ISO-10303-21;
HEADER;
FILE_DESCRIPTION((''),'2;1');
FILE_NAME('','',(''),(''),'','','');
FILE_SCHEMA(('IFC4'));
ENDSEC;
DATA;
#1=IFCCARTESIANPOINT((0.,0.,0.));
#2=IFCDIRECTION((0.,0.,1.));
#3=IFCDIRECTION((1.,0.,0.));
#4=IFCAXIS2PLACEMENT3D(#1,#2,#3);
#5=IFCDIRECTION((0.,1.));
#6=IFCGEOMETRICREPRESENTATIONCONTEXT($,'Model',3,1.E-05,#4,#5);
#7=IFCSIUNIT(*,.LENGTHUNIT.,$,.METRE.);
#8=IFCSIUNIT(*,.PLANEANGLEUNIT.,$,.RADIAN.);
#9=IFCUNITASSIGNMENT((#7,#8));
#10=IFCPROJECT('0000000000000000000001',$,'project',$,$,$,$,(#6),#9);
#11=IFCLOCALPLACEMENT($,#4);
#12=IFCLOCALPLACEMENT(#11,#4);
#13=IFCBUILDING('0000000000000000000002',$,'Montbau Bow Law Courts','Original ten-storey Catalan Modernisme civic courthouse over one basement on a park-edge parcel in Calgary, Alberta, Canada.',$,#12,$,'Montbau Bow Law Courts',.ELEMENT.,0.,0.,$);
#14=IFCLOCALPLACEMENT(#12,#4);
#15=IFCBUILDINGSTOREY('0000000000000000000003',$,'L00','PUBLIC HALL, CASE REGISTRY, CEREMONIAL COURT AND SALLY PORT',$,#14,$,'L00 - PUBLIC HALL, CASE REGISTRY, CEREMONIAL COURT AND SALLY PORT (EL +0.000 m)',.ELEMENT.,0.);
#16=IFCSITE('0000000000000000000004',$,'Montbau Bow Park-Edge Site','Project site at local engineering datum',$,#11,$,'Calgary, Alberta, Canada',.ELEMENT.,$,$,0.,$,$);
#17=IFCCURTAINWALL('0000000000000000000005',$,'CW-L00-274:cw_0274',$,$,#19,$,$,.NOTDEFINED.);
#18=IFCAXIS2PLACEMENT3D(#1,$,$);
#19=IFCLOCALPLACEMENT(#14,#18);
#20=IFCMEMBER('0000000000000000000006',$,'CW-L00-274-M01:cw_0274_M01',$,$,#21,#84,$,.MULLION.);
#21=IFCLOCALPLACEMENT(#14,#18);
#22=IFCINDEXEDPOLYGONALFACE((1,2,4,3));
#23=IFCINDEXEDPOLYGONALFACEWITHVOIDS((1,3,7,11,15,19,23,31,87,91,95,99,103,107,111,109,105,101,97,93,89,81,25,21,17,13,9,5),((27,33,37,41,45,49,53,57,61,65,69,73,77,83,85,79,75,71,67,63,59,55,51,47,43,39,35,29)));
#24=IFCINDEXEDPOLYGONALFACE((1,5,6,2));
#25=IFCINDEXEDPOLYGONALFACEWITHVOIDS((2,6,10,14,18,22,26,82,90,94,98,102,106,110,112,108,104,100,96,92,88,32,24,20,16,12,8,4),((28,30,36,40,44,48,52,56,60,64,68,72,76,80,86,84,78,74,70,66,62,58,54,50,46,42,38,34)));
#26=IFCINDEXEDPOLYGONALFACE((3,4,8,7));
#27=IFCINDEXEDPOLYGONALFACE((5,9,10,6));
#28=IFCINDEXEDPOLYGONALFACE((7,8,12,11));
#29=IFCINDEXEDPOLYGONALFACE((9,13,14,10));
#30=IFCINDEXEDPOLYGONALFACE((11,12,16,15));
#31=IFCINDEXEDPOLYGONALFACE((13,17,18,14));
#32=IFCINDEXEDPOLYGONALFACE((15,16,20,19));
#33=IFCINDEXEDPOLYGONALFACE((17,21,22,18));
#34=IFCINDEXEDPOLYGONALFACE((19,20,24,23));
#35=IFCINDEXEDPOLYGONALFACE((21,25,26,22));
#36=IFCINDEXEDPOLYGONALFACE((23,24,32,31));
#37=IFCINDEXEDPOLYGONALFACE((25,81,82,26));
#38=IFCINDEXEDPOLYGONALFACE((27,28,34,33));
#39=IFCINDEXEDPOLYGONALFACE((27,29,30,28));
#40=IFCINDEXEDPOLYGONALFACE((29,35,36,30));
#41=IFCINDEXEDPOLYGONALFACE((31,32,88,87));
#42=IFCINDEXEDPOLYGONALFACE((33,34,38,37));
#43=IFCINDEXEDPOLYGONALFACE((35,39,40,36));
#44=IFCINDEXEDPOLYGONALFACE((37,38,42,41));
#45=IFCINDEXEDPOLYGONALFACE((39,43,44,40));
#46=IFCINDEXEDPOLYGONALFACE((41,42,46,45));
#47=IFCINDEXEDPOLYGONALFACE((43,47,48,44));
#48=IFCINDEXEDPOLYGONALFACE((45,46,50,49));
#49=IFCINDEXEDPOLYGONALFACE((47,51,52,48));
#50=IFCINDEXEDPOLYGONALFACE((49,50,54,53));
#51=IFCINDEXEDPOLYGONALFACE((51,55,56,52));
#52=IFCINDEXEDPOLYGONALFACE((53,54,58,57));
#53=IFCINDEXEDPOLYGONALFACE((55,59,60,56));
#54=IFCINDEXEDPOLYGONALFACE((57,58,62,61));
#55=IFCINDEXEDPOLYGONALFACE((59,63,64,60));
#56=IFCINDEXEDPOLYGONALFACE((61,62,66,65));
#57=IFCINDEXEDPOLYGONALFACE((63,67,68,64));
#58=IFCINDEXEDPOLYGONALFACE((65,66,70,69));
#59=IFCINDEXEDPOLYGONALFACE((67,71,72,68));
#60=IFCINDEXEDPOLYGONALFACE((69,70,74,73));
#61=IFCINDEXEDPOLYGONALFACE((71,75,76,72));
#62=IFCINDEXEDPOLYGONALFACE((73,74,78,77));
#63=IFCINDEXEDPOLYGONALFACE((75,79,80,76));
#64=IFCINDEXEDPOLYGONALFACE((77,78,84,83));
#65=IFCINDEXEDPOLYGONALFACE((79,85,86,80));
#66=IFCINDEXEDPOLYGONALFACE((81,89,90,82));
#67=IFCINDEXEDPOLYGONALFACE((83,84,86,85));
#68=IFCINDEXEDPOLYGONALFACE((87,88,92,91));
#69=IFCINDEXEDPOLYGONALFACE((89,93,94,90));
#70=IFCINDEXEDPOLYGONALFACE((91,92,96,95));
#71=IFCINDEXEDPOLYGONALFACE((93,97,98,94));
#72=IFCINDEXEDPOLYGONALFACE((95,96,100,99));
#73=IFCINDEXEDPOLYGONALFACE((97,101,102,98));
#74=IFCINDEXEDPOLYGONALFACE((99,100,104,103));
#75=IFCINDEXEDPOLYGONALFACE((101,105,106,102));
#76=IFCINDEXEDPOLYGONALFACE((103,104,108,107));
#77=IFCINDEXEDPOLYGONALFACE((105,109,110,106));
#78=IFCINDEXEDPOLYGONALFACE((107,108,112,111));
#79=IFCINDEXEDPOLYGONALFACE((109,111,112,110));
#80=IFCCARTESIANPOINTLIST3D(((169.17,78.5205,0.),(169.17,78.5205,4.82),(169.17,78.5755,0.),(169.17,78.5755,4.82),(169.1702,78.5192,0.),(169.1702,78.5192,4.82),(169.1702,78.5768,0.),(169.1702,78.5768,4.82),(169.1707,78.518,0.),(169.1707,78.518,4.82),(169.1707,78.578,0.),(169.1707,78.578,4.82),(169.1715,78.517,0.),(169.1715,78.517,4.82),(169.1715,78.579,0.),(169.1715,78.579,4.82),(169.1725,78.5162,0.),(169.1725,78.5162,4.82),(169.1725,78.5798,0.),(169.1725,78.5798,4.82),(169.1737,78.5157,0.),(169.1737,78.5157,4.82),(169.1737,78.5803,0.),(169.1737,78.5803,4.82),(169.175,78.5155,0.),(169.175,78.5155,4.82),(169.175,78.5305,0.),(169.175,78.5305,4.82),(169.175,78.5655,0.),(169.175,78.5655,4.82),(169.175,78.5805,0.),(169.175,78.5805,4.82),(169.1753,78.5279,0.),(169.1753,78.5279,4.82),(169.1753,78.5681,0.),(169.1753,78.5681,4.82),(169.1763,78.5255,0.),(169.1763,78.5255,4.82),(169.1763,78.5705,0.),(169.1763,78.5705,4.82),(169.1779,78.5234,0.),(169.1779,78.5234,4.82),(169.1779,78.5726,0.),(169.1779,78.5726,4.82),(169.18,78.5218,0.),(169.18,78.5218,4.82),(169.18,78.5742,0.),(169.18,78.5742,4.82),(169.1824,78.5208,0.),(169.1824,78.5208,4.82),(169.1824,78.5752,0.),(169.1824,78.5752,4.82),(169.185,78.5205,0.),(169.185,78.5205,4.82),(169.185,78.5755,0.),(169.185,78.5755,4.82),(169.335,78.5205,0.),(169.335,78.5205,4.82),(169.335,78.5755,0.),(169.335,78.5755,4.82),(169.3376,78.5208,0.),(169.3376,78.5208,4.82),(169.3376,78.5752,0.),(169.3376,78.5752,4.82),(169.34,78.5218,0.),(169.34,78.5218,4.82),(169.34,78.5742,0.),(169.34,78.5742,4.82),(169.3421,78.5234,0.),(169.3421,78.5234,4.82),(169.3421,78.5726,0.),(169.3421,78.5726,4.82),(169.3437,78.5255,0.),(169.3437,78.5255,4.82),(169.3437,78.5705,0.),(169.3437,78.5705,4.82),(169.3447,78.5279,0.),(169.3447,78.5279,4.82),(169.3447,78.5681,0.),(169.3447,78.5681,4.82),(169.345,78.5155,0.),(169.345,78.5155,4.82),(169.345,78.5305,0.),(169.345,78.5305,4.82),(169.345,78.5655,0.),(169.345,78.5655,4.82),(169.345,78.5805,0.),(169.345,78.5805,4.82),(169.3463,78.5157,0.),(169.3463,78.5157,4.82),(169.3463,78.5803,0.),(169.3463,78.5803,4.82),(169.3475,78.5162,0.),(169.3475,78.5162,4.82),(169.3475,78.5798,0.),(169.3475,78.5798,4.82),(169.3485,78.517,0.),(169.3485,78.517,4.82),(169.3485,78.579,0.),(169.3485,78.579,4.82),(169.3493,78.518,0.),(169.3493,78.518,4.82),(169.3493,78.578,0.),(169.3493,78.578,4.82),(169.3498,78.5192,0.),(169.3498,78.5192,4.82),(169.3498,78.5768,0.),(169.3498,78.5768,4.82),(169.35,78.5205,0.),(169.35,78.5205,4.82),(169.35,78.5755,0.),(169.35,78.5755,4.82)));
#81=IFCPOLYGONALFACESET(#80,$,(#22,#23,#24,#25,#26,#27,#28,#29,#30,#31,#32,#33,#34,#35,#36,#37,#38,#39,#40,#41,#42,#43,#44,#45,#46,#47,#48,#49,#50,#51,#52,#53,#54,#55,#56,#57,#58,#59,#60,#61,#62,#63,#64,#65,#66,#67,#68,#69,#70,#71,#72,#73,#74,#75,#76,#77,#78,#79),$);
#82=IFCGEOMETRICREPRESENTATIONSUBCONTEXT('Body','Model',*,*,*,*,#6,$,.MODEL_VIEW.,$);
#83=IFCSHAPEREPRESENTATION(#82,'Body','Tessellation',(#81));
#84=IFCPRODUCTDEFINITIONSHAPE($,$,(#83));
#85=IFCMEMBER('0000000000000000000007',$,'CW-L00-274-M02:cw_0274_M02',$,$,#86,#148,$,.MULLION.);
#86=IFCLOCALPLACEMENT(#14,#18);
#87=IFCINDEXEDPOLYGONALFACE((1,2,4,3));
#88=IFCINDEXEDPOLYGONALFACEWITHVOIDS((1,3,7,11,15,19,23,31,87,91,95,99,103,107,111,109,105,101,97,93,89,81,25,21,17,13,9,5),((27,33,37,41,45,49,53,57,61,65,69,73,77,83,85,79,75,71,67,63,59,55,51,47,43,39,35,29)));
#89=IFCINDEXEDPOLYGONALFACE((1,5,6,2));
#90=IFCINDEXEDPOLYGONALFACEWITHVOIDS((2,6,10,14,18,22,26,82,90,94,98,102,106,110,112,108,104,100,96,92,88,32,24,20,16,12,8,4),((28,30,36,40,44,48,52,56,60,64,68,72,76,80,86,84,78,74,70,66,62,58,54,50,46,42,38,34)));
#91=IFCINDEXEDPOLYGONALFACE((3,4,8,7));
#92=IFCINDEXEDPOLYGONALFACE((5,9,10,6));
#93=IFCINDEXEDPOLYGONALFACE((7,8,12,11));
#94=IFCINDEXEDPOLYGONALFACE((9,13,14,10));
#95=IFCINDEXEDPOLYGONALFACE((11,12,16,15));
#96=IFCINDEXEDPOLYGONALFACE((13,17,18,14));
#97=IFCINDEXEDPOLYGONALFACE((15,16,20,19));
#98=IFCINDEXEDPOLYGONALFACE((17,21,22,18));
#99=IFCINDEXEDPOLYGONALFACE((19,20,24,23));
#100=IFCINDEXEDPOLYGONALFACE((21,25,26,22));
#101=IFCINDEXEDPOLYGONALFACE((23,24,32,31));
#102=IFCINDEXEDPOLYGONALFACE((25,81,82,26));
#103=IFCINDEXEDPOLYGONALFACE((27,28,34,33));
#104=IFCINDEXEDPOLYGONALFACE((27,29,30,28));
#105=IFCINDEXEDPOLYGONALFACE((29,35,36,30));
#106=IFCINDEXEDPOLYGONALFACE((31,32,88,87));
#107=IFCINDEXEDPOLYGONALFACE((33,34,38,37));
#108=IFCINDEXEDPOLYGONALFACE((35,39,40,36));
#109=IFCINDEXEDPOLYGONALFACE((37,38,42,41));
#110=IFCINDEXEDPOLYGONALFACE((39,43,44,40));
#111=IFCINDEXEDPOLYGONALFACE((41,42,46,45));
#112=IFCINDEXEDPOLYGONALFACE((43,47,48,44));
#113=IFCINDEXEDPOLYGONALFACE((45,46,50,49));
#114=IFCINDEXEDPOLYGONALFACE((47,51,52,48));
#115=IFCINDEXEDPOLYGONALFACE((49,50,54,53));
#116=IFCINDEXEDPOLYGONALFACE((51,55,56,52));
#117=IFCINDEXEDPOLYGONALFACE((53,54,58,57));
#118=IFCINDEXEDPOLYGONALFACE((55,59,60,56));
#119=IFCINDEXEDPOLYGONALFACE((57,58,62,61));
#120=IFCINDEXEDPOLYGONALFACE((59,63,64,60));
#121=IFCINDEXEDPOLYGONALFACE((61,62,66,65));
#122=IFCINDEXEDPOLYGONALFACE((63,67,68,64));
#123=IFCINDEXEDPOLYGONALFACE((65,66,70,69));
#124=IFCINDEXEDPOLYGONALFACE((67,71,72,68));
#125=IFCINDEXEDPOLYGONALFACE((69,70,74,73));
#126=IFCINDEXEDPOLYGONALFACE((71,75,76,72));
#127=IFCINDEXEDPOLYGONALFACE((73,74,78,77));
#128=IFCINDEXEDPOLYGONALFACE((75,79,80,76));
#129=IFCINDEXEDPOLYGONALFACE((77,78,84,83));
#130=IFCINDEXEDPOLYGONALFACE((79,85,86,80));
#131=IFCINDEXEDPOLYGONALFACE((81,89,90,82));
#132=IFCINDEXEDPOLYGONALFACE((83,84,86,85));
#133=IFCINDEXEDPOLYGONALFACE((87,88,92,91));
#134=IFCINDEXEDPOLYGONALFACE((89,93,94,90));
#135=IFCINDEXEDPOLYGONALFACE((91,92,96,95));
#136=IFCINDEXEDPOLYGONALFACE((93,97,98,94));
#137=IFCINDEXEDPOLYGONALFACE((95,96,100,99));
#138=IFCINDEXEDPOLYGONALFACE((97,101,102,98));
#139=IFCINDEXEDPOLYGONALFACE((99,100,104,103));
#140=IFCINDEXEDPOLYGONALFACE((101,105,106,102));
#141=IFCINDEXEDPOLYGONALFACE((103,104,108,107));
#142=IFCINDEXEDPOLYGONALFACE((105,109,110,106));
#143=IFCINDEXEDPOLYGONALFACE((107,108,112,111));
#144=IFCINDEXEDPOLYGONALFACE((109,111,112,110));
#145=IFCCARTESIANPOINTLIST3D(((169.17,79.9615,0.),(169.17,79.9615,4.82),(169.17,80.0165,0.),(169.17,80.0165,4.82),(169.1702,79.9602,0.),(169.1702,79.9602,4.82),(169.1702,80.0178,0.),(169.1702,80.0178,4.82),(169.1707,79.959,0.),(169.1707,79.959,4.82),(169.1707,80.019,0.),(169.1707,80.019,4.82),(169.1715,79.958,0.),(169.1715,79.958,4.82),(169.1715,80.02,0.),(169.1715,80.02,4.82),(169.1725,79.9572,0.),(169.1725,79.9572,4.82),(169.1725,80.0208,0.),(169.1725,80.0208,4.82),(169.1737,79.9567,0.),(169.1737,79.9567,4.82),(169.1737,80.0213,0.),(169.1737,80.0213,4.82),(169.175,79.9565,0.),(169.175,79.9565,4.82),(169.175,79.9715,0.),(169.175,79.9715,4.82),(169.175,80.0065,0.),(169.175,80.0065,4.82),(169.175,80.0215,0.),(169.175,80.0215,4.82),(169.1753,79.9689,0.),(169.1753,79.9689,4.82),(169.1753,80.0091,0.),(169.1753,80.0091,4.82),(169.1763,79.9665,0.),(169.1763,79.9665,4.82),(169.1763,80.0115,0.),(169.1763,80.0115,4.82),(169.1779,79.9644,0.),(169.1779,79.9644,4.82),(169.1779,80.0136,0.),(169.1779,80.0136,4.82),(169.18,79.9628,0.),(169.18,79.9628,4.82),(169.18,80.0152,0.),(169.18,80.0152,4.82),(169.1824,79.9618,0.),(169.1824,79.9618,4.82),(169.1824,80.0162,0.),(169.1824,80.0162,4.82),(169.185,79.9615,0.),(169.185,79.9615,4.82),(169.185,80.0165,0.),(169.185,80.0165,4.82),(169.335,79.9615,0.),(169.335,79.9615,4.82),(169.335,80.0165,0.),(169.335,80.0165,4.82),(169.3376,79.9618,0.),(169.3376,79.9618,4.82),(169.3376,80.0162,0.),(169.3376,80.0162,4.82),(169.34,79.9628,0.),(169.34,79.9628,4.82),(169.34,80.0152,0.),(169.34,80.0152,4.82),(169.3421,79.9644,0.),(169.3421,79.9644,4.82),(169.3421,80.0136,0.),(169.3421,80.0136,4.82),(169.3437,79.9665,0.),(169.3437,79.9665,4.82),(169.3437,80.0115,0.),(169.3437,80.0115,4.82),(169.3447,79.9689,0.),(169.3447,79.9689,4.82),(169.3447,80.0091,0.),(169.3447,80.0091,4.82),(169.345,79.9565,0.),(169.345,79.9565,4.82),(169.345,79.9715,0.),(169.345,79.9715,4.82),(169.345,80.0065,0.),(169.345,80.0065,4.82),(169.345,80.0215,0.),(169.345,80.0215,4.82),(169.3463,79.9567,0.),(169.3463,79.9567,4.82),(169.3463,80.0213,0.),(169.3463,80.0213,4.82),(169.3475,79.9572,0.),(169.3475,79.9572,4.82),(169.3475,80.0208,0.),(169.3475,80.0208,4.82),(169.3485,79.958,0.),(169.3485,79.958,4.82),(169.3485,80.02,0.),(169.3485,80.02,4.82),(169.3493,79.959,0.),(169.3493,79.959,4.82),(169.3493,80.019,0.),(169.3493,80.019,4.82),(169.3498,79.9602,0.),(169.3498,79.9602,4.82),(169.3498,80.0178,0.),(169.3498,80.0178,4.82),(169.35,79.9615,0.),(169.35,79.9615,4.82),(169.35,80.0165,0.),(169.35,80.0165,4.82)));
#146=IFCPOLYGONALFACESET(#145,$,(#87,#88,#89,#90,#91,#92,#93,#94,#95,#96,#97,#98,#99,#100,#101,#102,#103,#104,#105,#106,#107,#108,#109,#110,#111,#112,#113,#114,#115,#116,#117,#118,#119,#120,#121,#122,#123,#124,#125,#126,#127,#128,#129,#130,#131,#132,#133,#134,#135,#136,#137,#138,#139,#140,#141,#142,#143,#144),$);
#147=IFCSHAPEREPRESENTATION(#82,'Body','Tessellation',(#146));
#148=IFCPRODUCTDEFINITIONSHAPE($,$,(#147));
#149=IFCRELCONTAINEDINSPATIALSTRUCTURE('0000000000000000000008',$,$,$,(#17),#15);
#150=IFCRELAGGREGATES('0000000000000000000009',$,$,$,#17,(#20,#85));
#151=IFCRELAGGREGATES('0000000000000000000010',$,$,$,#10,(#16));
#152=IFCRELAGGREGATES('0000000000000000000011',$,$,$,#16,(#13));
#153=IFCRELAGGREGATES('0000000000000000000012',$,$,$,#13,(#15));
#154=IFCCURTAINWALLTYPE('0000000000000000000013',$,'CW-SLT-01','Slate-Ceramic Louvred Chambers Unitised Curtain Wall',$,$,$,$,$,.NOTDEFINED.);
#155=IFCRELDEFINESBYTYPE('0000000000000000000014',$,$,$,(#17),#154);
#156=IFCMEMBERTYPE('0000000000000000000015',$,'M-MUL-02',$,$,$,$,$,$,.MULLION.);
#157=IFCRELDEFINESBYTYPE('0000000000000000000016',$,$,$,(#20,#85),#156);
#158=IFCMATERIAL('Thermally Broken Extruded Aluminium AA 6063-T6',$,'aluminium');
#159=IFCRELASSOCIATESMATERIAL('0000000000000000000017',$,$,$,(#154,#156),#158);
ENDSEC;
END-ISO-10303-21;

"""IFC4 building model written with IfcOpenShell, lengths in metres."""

from ifc_helpers import new_model, si_unit, direction, frame, origin_with_axes, origin_2d_with_axis, place, context, subcontext, project, spatial, hollow_rectangle, extrude, material, material_profile, profile_set, type_object, element, aggregate, save


model = new_model("IFC4")

# Units and contexts
model_context = context("Model", 3, precision=1e-05, world=origin_with_axes(), true_north=direction((0.0, 1.0)))
body_context = subcontext(model_context, "Body", "Model", "MODEL_VIEW")
ifc_project = project(units=[si_unit("LENGTHUNIT", "METRE"), si_unit("PLANEANGLEUNIT", "RADIAN")], contexts=[model_context])

# Site, building, storey
site_placement = place(None, origin_with_axes())
site = spatial("IfcSite", under=ifc_project, at=site_placement, Name="Montbau Bow Park-Edge Site", Description="Project site at local engineering datum", LongName="Calgary, Alberta, Canada", CompositionType="ELEMENT", RefElevation=0.0)
building_placement = place(site_placement, origin_with_axes())
building = spatial("IfcBuilding", under=site, at=building_placement, Name="Montbau Bow Law Courts", Description="Original ten-storey Catalan Modernisme civic courthouse over one basement on a park-edge parcel in Calgary, Alberta, Canada.", LongName="Montbau Bow Law Courts", CompositionType="ELEMENT", ElevationOfRefHeight=0.0, ElevationOfTerrain=0.0)
storey_placement = place(building_placement, origin_with_axes())
storey = spatial("IfcBuildingStorey", under=building, at=storey_placement, Name="L00", Description="PUBLIC HALL, CASE REGISTRY, CEREMONIAL COURT AND SALLY PORT", LongName="L00 - PUBLIC HALL, CASE REGISTRY, CEREMONIAL COURT AND SALLY PORT (EL +0.000 m)", CompositionType="ELEMENT", Elevation=0.0)

# Curtain wall, members
ifc_material_1 = material(Name="Thermally Broken Extruded Aluminium AA 6063-T6", Category="aluminium")
curtain_wall_type = type_object("IfcCurtainWallType", Name="CW-SLT-01", Description="Slate-Ceramic Louvred Chambers Unitised Curtain Wall", PredefinedType="NOTDEFINED", material=ifc_material_1)
curtain_wall_placement = place(None, frame((169.26, 78.515, 0.0), z_axis=(0.0, 0.0, 1.0), x_axis=(1.0, 0.0, 0.0)))
curtain_wall = element("IfcCurtainWall", 1, at=curtain_wall_placement, inside=storey, type_object=curtain_wall_type, Name="CW-L00-274:cw_0274", PredefinedType="NOTDEFINED")
ifc_material_profile_1 = material_profile(ifc_material_1, hollow_rectangle(XDim=0.065, YDim=0.18, WallThickness=0.005, InnerFilletRadius=0.01, OuterFilletRadius=0.005, at=origin_2d_with_axis()), Name="CWM-180X65", Category="Main", Priority=0)
ifc_profile_set_1 = profile_set([ifc_material_profile_1], Name="Thermally Broken Extruded Aluminium AA 6063-T6")
member_type_1 = type_object("IfcMemberType", Name="M-MUL-02", PredefinedType="MULLION", material=ifc_profile_set_1)
member_1_placement = place(None, frame((169.26, 78.548, 0.0), z_axis=(0.0, 0.0, 1.0), x_axis=(0.0, 1.0, 0.0)))
member_1 = element("IfcMember", 2, at=member_1_placement, type_object=member_type_1, Name="CW-L00-274-M01:cw_0274_M01", PredefinedType="MULLION", context=body_context, shape_type="SweptSolid", body=[
    extrude(hollow_rectangle(XDim=0.065, YDim=0.18, WallThickness=0.005, InnerFilletRadius=0.01, OuterFilletRadius=0.005, at=origin_2d_with_axis()), origin_with_axes(), (0.0, 0.0, 1.0), 4.82),
])
member_2_placement = place(None, frame((169.26, 79.989, 0.0), z_axis=(0.0, 0.0, 1.0), x_axis=(0.0, 1.0, 0.0)))
member_2 = element("IfcMember", 3, at=member_2_placement, type_object=member_type_1, Name="CW-L00-274-M02:cw_0274_M02", PredefinedType="MULLION", context=body_context, shape_type="SweptSolid", body=[
    extrude(hollow_rectangle(XDim=0.065, YDim=0.18, WallThickness=0.005, InnerFilletRadius=0.01, OuterFilletRadius=0.005, at=origin_2d_with_axis()), origin_with_axes(), (0.0, 0.0, 1.0), 4.82),
])
aggregate(curtain_wall, [member_1, member_2])

save(model, "model.ifc")
